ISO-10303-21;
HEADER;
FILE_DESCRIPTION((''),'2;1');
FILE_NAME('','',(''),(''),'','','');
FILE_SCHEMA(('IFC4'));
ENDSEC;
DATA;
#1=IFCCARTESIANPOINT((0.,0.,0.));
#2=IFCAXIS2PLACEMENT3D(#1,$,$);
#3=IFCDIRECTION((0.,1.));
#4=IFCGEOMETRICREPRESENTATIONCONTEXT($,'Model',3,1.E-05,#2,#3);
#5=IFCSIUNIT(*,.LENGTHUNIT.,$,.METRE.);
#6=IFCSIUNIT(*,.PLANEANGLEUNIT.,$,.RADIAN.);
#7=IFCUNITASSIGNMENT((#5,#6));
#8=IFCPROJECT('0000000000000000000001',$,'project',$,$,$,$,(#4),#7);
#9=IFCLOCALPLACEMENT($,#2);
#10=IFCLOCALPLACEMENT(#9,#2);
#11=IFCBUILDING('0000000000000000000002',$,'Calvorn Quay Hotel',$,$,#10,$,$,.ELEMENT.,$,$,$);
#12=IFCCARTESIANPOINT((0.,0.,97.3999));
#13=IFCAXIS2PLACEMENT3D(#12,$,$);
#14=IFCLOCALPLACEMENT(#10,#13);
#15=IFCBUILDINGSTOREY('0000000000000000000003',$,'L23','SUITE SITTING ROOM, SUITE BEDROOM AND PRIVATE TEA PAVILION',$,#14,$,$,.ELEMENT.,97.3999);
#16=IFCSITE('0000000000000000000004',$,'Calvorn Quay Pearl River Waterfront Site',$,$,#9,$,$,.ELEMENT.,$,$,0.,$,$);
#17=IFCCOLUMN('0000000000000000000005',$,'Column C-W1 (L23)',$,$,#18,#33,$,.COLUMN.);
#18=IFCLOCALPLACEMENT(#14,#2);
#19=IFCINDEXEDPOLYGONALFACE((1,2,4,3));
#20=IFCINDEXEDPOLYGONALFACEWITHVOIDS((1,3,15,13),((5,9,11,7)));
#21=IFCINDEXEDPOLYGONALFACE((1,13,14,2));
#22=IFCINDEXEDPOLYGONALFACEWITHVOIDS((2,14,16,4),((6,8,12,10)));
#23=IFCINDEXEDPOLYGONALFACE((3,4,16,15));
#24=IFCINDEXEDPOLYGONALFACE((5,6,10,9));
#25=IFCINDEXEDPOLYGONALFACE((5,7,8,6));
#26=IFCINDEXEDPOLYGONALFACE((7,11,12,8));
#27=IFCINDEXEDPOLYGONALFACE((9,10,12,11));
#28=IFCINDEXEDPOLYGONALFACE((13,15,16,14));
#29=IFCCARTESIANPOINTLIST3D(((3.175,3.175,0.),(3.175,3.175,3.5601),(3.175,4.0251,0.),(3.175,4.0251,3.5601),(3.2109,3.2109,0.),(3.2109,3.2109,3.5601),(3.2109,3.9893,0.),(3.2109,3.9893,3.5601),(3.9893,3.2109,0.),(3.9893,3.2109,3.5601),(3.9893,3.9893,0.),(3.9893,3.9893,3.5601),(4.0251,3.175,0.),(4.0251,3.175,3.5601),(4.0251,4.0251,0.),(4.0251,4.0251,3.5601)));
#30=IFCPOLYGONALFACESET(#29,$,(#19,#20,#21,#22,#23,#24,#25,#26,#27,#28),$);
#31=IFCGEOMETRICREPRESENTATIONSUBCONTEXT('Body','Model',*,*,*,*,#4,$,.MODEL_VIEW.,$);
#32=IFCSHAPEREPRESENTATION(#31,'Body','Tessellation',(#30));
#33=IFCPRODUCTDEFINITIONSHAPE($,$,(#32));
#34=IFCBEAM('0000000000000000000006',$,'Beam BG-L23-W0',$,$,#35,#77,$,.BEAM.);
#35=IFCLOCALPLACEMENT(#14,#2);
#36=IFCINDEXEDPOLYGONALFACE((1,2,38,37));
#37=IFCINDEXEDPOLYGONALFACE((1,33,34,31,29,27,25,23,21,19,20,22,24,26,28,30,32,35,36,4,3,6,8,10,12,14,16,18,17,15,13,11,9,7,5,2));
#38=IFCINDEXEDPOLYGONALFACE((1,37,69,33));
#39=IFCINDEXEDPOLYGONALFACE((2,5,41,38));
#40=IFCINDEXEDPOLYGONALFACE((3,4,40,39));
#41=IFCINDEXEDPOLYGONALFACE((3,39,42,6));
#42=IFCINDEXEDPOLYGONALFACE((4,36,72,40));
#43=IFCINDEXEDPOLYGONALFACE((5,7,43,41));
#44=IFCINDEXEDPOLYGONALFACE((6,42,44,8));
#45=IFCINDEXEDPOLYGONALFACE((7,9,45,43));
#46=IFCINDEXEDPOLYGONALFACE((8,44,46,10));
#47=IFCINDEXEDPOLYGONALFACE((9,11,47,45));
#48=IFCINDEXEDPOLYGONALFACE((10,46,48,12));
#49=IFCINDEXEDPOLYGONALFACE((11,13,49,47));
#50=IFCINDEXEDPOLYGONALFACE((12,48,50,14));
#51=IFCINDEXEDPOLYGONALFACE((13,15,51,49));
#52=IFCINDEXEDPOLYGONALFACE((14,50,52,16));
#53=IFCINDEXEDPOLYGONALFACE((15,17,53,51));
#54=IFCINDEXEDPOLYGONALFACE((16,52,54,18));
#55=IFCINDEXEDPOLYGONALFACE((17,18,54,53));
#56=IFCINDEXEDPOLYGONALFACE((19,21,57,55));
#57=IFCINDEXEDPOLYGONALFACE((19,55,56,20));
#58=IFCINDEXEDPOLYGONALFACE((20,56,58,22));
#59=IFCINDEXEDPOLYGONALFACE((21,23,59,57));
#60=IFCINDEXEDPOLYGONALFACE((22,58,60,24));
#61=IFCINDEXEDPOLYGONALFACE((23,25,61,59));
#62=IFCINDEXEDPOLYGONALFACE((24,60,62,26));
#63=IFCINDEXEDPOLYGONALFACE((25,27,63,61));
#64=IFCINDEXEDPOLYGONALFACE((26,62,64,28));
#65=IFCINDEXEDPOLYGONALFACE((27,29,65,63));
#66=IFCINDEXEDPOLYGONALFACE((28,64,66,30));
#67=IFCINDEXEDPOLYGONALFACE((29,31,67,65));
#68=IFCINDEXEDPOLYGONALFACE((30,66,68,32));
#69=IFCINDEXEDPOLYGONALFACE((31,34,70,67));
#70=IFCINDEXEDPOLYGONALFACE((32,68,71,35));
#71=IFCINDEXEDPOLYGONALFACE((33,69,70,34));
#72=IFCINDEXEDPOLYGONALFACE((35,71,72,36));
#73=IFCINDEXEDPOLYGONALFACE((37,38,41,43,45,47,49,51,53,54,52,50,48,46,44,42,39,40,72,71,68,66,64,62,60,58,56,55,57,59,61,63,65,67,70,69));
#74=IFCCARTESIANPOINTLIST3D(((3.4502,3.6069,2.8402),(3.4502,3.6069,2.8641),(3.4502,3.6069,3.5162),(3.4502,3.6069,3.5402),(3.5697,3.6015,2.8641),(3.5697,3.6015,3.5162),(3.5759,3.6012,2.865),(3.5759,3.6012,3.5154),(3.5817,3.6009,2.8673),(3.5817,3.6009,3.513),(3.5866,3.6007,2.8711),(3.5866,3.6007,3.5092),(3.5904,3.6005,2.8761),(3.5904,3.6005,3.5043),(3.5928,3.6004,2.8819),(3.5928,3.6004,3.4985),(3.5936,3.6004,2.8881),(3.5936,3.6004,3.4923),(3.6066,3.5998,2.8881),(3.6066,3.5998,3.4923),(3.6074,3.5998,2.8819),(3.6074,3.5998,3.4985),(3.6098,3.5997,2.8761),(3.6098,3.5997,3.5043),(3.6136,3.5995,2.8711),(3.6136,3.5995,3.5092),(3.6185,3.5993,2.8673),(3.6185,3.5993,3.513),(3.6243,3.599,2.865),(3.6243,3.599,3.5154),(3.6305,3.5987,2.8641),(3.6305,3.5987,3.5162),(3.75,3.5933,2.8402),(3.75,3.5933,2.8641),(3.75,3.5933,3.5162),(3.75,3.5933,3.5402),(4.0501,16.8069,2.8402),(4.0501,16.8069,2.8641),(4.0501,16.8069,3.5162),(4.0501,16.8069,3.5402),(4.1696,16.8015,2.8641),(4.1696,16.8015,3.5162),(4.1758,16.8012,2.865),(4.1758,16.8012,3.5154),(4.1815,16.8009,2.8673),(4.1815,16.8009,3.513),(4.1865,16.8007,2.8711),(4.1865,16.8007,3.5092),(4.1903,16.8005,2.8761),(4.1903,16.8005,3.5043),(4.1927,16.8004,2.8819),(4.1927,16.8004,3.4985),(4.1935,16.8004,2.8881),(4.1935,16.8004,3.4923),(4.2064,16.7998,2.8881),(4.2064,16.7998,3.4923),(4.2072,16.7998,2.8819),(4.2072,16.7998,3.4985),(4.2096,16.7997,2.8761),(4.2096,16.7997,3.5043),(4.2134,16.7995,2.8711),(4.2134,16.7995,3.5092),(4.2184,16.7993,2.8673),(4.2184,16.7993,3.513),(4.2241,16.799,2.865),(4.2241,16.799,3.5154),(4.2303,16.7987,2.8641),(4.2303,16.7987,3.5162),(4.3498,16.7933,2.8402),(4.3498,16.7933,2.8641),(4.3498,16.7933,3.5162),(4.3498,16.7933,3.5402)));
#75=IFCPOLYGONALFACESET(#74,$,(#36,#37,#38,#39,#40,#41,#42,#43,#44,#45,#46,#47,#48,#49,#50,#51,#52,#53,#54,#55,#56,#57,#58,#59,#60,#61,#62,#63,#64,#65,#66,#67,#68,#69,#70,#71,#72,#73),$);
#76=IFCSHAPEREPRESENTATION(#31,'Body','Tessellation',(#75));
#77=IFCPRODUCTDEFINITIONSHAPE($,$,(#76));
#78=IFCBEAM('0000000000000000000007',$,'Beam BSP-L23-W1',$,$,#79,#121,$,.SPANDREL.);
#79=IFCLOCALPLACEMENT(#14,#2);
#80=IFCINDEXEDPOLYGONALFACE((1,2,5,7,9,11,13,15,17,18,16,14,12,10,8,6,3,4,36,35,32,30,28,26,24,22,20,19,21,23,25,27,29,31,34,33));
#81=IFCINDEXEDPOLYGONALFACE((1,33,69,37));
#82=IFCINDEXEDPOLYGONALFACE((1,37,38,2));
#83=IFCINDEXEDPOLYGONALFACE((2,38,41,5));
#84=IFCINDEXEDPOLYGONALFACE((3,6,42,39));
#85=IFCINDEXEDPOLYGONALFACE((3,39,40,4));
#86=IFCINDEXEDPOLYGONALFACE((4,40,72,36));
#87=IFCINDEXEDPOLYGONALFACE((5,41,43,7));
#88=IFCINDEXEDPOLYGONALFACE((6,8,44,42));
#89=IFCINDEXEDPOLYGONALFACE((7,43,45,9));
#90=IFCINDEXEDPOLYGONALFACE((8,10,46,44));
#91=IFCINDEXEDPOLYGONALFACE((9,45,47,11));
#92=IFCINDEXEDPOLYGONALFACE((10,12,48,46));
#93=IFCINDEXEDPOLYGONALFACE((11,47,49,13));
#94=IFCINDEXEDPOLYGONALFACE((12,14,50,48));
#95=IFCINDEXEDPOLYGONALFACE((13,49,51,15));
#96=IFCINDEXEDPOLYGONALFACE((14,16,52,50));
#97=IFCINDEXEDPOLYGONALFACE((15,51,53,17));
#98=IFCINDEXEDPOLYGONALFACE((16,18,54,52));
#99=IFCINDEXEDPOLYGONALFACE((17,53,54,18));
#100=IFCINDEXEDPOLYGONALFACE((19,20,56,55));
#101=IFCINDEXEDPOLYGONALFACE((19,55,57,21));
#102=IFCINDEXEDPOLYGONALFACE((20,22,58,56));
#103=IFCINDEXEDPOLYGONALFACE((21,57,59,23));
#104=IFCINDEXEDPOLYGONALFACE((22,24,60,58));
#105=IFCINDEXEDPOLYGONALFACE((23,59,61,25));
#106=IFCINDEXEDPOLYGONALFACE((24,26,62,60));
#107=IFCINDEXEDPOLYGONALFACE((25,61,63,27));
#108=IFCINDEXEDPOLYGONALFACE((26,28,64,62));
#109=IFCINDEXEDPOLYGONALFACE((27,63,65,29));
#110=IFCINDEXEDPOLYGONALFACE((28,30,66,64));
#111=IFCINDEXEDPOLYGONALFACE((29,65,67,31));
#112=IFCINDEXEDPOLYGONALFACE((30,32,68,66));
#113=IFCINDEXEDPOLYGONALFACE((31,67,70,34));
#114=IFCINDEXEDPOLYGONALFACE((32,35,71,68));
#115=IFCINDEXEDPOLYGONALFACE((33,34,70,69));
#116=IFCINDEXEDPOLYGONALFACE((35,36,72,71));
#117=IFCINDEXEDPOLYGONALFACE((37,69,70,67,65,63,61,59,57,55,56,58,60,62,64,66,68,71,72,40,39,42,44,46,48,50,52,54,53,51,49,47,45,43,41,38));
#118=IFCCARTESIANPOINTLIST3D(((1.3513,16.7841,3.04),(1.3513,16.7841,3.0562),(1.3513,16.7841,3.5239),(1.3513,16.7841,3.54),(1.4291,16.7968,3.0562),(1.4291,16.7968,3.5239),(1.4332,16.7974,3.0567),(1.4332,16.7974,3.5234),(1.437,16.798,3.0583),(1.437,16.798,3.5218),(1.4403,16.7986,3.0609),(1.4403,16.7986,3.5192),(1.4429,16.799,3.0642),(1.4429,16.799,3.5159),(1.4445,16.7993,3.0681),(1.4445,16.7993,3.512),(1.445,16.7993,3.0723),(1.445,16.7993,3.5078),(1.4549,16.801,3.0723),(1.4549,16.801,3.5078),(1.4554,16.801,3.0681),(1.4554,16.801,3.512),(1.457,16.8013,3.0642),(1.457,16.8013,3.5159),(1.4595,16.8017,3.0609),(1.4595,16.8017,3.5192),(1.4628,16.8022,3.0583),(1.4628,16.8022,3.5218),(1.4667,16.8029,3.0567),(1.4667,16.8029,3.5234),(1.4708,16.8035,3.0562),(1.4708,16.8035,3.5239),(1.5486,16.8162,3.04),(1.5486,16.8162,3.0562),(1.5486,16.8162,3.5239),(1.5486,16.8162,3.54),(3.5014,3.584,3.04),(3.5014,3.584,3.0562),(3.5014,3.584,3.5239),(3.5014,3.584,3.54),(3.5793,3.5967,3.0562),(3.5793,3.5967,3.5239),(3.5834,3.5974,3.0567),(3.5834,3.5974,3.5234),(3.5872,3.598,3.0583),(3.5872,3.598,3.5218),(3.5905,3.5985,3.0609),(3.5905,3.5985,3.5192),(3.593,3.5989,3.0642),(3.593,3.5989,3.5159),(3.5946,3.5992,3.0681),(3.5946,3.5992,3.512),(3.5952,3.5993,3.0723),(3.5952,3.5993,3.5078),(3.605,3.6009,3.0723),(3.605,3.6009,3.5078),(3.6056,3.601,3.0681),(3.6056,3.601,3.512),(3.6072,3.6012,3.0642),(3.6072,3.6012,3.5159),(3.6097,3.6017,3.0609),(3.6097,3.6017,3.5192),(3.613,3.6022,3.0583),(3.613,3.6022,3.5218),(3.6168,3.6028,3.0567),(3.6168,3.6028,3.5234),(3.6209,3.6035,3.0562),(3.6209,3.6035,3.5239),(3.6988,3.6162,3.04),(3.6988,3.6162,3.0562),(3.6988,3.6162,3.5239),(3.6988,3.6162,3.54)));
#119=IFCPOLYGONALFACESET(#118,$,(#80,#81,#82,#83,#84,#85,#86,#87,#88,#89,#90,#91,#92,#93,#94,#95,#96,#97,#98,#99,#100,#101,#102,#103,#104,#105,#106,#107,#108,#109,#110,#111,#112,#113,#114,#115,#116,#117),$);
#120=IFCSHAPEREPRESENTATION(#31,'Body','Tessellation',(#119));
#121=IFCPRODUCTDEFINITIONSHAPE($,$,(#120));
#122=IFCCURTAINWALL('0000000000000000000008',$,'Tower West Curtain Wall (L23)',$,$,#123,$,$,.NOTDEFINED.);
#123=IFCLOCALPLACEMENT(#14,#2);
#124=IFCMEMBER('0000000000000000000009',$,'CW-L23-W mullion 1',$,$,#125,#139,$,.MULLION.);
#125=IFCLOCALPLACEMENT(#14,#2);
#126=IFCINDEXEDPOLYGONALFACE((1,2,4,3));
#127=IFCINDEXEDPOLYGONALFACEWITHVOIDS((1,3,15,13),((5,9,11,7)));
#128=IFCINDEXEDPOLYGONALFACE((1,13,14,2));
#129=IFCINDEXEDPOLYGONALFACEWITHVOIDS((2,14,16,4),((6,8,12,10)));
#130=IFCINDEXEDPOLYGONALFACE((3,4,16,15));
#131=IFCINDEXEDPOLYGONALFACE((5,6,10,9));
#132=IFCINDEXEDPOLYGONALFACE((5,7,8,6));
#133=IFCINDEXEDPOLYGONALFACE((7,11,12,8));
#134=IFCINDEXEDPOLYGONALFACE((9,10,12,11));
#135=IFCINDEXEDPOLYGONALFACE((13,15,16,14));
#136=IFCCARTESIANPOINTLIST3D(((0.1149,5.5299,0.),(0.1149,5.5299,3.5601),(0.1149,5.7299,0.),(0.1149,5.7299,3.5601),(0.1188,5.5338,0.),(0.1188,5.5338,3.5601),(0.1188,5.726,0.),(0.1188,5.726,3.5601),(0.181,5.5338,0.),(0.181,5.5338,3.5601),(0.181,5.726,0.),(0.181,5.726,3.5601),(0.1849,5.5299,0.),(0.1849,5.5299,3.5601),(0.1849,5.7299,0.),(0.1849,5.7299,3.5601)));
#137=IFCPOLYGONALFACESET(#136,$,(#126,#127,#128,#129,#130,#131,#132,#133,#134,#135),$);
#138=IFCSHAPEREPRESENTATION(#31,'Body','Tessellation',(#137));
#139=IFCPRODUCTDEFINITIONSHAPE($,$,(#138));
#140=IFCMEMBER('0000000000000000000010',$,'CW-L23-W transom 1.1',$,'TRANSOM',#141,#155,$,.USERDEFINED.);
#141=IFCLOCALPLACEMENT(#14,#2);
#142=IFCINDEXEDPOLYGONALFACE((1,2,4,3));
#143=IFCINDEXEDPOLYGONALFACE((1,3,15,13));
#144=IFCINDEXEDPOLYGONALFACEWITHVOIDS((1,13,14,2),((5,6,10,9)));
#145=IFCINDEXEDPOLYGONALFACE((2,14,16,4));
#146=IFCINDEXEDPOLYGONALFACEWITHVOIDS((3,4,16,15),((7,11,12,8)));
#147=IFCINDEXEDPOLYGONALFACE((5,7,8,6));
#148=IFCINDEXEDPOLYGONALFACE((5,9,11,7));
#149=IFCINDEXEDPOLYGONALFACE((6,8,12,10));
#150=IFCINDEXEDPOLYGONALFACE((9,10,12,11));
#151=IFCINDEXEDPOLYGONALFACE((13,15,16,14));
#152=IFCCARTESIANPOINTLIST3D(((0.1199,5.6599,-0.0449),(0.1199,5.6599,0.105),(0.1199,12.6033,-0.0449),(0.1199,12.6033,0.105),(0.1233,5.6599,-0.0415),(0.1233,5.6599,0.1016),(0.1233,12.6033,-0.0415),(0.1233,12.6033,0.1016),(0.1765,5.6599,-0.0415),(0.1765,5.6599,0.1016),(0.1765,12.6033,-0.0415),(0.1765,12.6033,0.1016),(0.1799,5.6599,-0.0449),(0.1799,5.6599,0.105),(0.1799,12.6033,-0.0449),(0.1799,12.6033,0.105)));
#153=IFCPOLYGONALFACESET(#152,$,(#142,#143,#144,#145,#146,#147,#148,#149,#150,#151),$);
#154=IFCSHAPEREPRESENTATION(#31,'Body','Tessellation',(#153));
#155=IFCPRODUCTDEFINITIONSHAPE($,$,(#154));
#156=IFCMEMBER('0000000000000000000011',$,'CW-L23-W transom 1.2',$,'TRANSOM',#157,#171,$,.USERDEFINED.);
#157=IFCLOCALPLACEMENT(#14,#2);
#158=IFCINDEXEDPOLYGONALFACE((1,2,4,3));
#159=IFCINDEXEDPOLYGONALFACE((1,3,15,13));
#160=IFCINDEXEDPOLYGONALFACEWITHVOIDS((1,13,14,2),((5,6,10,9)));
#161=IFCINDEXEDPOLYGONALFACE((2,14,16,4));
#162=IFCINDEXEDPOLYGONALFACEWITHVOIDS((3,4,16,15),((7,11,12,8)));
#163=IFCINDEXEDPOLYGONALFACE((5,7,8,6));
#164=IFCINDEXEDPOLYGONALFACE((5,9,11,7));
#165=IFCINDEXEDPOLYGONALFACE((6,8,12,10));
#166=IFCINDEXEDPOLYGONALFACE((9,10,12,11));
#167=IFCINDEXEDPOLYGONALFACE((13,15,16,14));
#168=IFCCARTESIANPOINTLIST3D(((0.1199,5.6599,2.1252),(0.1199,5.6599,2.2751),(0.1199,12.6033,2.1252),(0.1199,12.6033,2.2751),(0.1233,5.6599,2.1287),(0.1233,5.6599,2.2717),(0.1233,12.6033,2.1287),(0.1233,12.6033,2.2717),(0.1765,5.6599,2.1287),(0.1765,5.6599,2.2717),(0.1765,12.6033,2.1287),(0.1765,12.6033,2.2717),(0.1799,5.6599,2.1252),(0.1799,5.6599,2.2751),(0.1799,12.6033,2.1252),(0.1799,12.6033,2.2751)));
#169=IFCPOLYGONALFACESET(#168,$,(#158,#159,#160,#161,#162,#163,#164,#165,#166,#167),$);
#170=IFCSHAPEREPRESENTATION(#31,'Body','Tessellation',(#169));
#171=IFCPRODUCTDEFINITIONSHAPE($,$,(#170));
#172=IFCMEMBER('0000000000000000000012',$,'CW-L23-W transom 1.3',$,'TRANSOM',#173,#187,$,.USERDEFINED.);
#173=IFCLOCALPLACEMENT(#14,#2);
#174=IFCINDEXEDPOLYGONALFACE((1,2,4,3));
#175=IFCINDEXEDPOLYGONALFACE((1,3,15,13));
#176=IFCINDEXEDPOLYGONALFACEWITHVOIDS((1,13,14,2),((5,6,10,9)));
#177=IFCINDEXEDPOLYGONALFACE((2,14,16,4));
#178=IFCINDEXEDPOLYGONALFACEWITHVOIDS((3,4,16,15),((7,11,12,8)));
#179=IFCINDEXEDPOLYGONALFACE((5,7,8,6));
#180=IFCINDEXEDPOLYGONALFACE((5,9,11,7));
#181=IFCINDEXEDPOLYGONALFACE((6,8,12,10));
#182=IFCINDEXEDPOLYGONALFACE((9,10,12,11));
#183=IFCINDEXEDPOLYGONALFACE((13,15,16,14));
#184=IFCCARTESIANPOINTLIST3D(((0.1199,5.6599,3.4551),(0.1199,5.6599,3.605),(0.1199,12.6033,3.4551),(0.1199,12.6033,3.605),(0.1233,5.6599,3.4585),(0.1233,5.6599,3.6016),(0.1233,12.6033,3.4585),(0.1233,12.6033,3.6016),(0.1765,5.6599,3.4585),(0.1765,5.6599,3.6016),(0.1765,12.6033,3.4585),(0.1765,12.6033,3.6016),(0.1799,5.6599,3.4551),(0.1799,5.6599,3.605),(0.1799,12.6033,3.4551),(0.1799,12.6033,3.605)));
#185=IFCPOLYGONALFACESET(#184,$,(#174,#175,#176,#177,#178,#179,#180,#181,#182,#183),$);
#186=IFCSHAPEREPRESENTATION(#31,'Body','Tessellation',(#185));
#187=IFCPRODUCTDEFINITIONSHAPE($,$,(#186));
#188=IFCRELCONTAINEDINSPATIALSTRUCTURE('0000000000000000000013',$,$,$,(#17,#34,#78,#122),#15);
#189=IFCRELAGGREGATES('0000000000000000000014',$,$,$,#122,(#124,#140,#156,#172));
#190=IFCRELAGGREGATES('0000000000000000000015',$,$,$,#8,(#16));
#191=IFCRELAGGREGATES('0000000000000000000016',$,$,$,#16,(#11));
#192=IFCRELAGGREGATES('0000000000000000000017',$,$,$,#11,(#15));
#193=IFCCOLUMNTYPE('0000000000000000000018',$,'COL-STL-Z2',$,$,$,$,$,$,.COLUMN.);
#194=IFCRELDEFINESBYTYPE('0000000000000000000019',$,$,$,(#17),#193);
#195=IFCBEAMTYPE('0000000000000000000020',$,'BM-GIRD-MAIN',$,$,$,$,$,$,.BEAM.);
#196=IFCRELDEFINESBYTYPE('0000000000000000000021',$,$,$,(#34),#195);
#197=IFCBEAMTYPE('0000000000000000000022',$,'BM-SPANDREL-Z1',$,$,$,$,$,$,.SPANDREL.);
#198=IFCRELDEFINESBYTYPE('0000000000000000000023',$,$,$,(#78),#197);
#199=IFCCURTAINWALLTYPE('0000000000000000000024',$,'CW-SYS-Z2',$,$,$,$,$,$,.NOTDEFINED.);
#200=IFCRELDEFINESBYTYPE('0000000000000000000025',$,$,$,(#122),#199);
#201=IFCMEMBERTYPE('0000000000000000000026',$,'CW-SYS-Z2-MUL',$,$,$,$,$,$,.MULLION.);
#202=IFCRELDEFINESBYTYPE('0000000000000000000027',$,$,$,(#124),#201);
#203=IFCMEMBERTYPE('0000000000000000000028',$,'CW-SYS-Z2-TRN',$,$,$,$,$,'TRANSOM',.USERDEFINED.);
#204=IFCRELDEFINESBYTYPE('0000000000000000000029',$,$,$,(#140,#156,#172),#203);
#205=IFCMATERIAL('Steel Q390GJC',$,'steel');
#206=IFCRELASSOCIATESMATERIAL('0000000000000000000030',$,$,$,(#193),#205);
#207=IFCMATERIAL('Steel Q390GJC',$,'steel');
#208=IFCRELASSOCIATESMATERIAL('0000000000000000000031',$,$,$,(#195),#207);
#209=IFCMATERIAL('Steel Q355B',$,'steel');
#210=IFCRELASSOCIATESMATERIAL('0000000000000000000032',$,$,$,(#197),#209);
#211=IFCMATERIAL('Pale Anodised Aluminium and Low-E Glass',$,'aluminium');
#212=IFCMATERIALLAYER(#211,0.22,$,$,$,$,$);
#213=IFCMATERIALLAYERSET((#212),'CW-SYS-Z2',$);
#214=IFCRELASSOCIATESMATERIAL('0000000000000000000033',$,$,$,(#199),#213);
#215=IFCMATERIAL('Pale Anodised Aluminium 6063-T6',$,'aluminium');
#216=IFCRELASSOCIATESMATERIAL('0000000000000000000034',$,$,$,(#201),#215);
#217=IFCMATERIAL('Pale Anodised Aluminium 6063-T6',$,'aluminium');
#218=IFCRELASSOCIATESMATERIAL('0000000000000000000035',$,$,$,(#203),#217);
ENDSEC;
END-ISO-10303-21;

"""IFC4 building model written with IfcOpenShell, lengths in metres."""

from ifc_helpers import new_model, si_unit, direction, frame, origin, origin_2d, place, context, subcontext, project, spatial, hollow_rectangle, i_section, extrude, material, layer, layer_set, material_profile, profile_set, type_object, element, aggregate, save


model = new_model("IFC4")

# Units and contexts
model_context = context("Model", 3, precision=1e-05, world=origin(), true_north=direction((0.0, 1.0)))
body_context = subcontext(model_context, "Body", "Model", "MODEL_VIEW")
ifc_project = project(units=[si_unit("LENGTHUNIT", "METRE"), si_unit("PLANEANGLEUNIT", "RADIAN")], contexts=[model_context])

# Site, building, storey
site_placement = place(None, origin())
site = spatial("IfcSite", under=ifc_project, at=site_placement, Name="Calvorn Quay Pearl River Waterfront Site", CompositionType="ELEMENT", RefElevation=0.0)
building_placement = place(site_placement, origin())
building = spatial("IfcBuilding", under=site, at=building_placement, Name="Calvorn Quay Hotel", CompositionType="ELEMENT")
storey_placement = place(building_placement, frame((0.0, 0.0, 97.3999)))
storey = spatial("IfcBuildingStorey", under=building, at=storey_placement, Name="L23", Description="SUITE SITTING ROOM, SUITE BEDROOM AND PRIVATE TEA PAVILION", CompositionType="ELEMENT", Elevation=97.3999)

# Column
ifc_material_1 = material(Name="Steel Q390GJC", Category="steel")
ifc_material_profile_1 = material_profile(ifc_material_1, hollow_rectangle(XDim=0.8501, YDim=0.8501, WallThickness=0.0359, at=origin_2d()), Name="BOX850x850x36")
ifc_profile_set_1 = profile_set([ifc_material_profile_1], Name="Steel Q390GJC")
column_type = type_object("IfcColumnType", Name="COL-STL-Z2", PredefinedType="COLUMN", material=ifc_profile_set_1)
column_placement = place(storey_placement, frame((3.6001, 3.6001, 0.0), z_axis=(0.0, 0.0, 1.0), x_axis=(1.0, 0.0, 0.0)))
element("IfcColumn", 1, at=column_placement, inside=storey, type_object=column_type, Name="Column C-W1 (L23)", PredefinedType="COLUMN", context=body_context, shape_type="SweptSolid", body=[
    extrude(hollow_rectangle(XDim=0.8501, YDim=0.8501, WallThickness=0.0359, at=origin_2d()), origin(), (0.0, 0.0, 1.0), 3.5601),
])

# Beams
ifc_material_2 = material(Name="Steel Q390GJC", Category="steel")
ifc_material_profile_2 = material_profile(ifc_material_2, i_section(OverallWidth=0.3, OverallDepth=0.7, WebThickness=0.0129, FlangeThickness=0.0239, FilletRadius=0.0239, at=origin_2d()), Name="HN700x300x13x24")
ifc_profile_set_2 = profile_set([ifc_material_profile_2], Name="Steel Q390GJC")
beam_type_1 = type_object("IfcBeamType", Name="BM-GIRD-MAIN", PredefinedType="BEAM", material=ifc_profile_set_2)
beam_1_placement = place(storey_placement, frame((3.6001, 3.6001, 3.1902), z_axis=(0.045397, 0.998969, 0.0), x_axis=(-0.998969, 0.045397, 0.0)))
element("IfcBeam", 2, at=beam_1_placement, inside=storey, type_object=beam_type_1, Name="Beam BG-L23-W0", PredefinedType="BEAM", context=body_context, shape_type="SweptSolid", body=[
    extrude(i_section(OverallWidth=0.3, OverallDepth=0.7, WebThickness=0.0129, FlangeThickness=0.0239, FilletRadius=0.0239, at=origin_2d()), origin(), (0.0, 0.0, 1.0), 13.2136),
])
ifc_material_3 = material(Name="Steel Q355B", Category="steel")
ifc_material_profile_3 = material_profile(ifc_material_3, i_section(OverallWidth=0.2, OverallDepth=0.5, WebThickness=0.01, FlangeThickness=0.0161, FilletRadius=0.0161, at=origin_2d()), Name="HN500x200x10x16")
ifc_profile_set_3 = profile_set([ifc_material_profile_3], Name="Steel Q355B")
beam_type_2 = type_object("IfcBeamType", Name="BM-SPANDREL-Z1", PredefinedType="SPANDREL", material=ifc_profile_set_3)
beam_2_placement = place(storey_placement, frame((3.6001, 3.6001, 3.29), z_axis=(-0.160772, 0.986992, 0.0), x_axis=(-0.986992, -0.160772, 0.0)))
element("IfcBeam", 3, at=beam_2_placement, inside=storey, type_object=beam_type_2, Name="Beam BSP-L23-W1", PredefinedType="SPANDREL", context=body_context, shape_type="SweptSolid", body=[
    extrude(i_section(OverallWidth=0.2, OverallDepth=0.5, WebThickness=0.01, FlangeThickness=0.0161, FilletRadius=0.0161, at=origin_2d()), origin(), (0.0, 0.0, 1.0), 13.374),
])

# Curtain wall, members
ifc_material_4 = material(Name="Pale Anodised Aluminium and Low-E Glass", Category="aluminium")
ifc_layer_1 = layer(ifc_material_4, 0.22)
ifc_layer_set_1 = layer_set([ifc_layer_1], Name="CW-SYS-Z2")
curtain_wall_type = type_object("IfcCurtainWallType", Name="CW-SYS-Z2", PredefinedType="NOTDEFINED", material=ifc_layer_set_1)
curtain_wall_placement = place(storey_placement, origin())
curtain_wall = element("IfcCurtainWall", 4, at=curtain_wall_placement, inside=storey, type_object=curtain_wall_type, Name="Tower West Curtain Wall (L23)", PredefinedType="NOTDEFINED")
ifc_material_5 = material(Name="Pale Anodised Aluminium 6063-T6", Category="aluminium")
ifc_material_profile_4 = material_profile(ifc_material_5, hollow_rectangle(XDim=0.0701, YDim=0.2, WallThickness=0.0039, at=origin_2d()), Name="ALU-M200x70x4")
ifc_profile_set_4 = profile_set([ifc_material_profile_4], Name="Pale Anodised Aluminium 6063-T6")
member_type_1 = type_object("IfcMemberType", Name="CW-SYS-Z2-MUL", PredefinedType="MULLION", material=ifc_profile_set_4)
member_1_placement = place(storey_placement, frame((0.1499, 5.6299, 0.0), z_axis=(0.0, 0.0, 1.0), x_axis=(-1.0, 0.0, 0.0)))
member_1 = element("IfcMember", 5, at=member_1_placement, type_object=member_type_1, Name="CW-L23-W mullion 1", PredefinedType="MULLION", context=body_context, shape_type="SweptSolid", body=[
    extrude(hollow_rectangle(XDim=0.0701, YDim=0.2, WallThickness=0.0039, at=origin_2d()), origin(), (0.0, 0.0, 1.0), 3.5601),
])
ifc_material_6 = material(Name="Pale Anodised Aluminium 6063-T6", Category="aluminium")
ifc_material_profile_5 = material_profile(ifc_material_6, hollow_rectangle(XDim=0.0601, YDim=0.1499, WallThickness=0.0034, at=origin_2d()), Name="ALU-T150x60x3.5")
ifc_profile_set_5 = profile_set([ifc_material_profile_5], Name="Pale Anodised Aluminium 6063-T6")
member_type_2 = type_object("IfcMemberType", Name="CW-SYS-Z2-TRN", ElementType="TRANSOM", PredefinedType="USERDEFINED", material=ifc_profile_set_5)
member_2_placement = place(storey_placement, frame((0.1499, 5.6599, 0.03), z_axis=(0.0, 1.0, 0.0), x_axis=(-1.0, 0.0, 0.0)))
member_2 = element("IfcMember", 6, at=member_2_placement, type_object=member_type_2, Name="CW-L23-W transom 1.1", ObjectType="TRANSOM", PredefinedType="USERDEFINED", context=body_context, shape_type="SweptSolid", body=[
    extrude(hollow_rectangle(XDim=0.0601, YDim=0.1499, WallThickness=0.0034, at=origin_2d()), origin(), (0.0, 0.0, 1.0), 6.9434),
])
member_3_placement = place(storey_placement, frame((0.1499, 5.6599, 2.2002), z_axis=(0.0, 1.0, 0.0), x_axis=(-1.0, 0.0, 0.0)))
member_3 = element("IfcMember", 7, at=member_3_placement, type_object=member_type_2, Name="CW-L23-W transom 1.2", ObjectType="TRANSOM", PredefinedType="USERDEFINED", context=body_context, shape_type="SweptSolid", body=[
    extrude(hollow_rectangle(XDim=0.0601, YDim=0.1499, WallThickness=0.0034, at=origin_2d()), origin(), (0.0, 0.0, 1.0), 6.9434),
])
member_4_placement = place(storey_placement, frame((0.1499, 5.6599, 3.53), z_axis=(0.0, 1.0, 0.0), x_axis=(-1.0, 0.0, 0.0)))
member_4 = element("IfcMember", 8, at=member_4_placement, type_object=member_type_2, Name="CW-L23-W transom 1.3", ObjectType="TRANSOM", PredefinedType="USERDEFINED", context=body_context, shape_type="SweptSolid", body=[
    extrude(hollow_rectangle(XDim=0.0601, YDim=0.1499, WallThickness=0.0034, at=origin_2d()), origin(), (0.0, 0.0, 1.0), 6.9434),
])
aggregate(curtain_wall, [member_1, member_2, member_3, member_4])

save(model, "model.ifc")
